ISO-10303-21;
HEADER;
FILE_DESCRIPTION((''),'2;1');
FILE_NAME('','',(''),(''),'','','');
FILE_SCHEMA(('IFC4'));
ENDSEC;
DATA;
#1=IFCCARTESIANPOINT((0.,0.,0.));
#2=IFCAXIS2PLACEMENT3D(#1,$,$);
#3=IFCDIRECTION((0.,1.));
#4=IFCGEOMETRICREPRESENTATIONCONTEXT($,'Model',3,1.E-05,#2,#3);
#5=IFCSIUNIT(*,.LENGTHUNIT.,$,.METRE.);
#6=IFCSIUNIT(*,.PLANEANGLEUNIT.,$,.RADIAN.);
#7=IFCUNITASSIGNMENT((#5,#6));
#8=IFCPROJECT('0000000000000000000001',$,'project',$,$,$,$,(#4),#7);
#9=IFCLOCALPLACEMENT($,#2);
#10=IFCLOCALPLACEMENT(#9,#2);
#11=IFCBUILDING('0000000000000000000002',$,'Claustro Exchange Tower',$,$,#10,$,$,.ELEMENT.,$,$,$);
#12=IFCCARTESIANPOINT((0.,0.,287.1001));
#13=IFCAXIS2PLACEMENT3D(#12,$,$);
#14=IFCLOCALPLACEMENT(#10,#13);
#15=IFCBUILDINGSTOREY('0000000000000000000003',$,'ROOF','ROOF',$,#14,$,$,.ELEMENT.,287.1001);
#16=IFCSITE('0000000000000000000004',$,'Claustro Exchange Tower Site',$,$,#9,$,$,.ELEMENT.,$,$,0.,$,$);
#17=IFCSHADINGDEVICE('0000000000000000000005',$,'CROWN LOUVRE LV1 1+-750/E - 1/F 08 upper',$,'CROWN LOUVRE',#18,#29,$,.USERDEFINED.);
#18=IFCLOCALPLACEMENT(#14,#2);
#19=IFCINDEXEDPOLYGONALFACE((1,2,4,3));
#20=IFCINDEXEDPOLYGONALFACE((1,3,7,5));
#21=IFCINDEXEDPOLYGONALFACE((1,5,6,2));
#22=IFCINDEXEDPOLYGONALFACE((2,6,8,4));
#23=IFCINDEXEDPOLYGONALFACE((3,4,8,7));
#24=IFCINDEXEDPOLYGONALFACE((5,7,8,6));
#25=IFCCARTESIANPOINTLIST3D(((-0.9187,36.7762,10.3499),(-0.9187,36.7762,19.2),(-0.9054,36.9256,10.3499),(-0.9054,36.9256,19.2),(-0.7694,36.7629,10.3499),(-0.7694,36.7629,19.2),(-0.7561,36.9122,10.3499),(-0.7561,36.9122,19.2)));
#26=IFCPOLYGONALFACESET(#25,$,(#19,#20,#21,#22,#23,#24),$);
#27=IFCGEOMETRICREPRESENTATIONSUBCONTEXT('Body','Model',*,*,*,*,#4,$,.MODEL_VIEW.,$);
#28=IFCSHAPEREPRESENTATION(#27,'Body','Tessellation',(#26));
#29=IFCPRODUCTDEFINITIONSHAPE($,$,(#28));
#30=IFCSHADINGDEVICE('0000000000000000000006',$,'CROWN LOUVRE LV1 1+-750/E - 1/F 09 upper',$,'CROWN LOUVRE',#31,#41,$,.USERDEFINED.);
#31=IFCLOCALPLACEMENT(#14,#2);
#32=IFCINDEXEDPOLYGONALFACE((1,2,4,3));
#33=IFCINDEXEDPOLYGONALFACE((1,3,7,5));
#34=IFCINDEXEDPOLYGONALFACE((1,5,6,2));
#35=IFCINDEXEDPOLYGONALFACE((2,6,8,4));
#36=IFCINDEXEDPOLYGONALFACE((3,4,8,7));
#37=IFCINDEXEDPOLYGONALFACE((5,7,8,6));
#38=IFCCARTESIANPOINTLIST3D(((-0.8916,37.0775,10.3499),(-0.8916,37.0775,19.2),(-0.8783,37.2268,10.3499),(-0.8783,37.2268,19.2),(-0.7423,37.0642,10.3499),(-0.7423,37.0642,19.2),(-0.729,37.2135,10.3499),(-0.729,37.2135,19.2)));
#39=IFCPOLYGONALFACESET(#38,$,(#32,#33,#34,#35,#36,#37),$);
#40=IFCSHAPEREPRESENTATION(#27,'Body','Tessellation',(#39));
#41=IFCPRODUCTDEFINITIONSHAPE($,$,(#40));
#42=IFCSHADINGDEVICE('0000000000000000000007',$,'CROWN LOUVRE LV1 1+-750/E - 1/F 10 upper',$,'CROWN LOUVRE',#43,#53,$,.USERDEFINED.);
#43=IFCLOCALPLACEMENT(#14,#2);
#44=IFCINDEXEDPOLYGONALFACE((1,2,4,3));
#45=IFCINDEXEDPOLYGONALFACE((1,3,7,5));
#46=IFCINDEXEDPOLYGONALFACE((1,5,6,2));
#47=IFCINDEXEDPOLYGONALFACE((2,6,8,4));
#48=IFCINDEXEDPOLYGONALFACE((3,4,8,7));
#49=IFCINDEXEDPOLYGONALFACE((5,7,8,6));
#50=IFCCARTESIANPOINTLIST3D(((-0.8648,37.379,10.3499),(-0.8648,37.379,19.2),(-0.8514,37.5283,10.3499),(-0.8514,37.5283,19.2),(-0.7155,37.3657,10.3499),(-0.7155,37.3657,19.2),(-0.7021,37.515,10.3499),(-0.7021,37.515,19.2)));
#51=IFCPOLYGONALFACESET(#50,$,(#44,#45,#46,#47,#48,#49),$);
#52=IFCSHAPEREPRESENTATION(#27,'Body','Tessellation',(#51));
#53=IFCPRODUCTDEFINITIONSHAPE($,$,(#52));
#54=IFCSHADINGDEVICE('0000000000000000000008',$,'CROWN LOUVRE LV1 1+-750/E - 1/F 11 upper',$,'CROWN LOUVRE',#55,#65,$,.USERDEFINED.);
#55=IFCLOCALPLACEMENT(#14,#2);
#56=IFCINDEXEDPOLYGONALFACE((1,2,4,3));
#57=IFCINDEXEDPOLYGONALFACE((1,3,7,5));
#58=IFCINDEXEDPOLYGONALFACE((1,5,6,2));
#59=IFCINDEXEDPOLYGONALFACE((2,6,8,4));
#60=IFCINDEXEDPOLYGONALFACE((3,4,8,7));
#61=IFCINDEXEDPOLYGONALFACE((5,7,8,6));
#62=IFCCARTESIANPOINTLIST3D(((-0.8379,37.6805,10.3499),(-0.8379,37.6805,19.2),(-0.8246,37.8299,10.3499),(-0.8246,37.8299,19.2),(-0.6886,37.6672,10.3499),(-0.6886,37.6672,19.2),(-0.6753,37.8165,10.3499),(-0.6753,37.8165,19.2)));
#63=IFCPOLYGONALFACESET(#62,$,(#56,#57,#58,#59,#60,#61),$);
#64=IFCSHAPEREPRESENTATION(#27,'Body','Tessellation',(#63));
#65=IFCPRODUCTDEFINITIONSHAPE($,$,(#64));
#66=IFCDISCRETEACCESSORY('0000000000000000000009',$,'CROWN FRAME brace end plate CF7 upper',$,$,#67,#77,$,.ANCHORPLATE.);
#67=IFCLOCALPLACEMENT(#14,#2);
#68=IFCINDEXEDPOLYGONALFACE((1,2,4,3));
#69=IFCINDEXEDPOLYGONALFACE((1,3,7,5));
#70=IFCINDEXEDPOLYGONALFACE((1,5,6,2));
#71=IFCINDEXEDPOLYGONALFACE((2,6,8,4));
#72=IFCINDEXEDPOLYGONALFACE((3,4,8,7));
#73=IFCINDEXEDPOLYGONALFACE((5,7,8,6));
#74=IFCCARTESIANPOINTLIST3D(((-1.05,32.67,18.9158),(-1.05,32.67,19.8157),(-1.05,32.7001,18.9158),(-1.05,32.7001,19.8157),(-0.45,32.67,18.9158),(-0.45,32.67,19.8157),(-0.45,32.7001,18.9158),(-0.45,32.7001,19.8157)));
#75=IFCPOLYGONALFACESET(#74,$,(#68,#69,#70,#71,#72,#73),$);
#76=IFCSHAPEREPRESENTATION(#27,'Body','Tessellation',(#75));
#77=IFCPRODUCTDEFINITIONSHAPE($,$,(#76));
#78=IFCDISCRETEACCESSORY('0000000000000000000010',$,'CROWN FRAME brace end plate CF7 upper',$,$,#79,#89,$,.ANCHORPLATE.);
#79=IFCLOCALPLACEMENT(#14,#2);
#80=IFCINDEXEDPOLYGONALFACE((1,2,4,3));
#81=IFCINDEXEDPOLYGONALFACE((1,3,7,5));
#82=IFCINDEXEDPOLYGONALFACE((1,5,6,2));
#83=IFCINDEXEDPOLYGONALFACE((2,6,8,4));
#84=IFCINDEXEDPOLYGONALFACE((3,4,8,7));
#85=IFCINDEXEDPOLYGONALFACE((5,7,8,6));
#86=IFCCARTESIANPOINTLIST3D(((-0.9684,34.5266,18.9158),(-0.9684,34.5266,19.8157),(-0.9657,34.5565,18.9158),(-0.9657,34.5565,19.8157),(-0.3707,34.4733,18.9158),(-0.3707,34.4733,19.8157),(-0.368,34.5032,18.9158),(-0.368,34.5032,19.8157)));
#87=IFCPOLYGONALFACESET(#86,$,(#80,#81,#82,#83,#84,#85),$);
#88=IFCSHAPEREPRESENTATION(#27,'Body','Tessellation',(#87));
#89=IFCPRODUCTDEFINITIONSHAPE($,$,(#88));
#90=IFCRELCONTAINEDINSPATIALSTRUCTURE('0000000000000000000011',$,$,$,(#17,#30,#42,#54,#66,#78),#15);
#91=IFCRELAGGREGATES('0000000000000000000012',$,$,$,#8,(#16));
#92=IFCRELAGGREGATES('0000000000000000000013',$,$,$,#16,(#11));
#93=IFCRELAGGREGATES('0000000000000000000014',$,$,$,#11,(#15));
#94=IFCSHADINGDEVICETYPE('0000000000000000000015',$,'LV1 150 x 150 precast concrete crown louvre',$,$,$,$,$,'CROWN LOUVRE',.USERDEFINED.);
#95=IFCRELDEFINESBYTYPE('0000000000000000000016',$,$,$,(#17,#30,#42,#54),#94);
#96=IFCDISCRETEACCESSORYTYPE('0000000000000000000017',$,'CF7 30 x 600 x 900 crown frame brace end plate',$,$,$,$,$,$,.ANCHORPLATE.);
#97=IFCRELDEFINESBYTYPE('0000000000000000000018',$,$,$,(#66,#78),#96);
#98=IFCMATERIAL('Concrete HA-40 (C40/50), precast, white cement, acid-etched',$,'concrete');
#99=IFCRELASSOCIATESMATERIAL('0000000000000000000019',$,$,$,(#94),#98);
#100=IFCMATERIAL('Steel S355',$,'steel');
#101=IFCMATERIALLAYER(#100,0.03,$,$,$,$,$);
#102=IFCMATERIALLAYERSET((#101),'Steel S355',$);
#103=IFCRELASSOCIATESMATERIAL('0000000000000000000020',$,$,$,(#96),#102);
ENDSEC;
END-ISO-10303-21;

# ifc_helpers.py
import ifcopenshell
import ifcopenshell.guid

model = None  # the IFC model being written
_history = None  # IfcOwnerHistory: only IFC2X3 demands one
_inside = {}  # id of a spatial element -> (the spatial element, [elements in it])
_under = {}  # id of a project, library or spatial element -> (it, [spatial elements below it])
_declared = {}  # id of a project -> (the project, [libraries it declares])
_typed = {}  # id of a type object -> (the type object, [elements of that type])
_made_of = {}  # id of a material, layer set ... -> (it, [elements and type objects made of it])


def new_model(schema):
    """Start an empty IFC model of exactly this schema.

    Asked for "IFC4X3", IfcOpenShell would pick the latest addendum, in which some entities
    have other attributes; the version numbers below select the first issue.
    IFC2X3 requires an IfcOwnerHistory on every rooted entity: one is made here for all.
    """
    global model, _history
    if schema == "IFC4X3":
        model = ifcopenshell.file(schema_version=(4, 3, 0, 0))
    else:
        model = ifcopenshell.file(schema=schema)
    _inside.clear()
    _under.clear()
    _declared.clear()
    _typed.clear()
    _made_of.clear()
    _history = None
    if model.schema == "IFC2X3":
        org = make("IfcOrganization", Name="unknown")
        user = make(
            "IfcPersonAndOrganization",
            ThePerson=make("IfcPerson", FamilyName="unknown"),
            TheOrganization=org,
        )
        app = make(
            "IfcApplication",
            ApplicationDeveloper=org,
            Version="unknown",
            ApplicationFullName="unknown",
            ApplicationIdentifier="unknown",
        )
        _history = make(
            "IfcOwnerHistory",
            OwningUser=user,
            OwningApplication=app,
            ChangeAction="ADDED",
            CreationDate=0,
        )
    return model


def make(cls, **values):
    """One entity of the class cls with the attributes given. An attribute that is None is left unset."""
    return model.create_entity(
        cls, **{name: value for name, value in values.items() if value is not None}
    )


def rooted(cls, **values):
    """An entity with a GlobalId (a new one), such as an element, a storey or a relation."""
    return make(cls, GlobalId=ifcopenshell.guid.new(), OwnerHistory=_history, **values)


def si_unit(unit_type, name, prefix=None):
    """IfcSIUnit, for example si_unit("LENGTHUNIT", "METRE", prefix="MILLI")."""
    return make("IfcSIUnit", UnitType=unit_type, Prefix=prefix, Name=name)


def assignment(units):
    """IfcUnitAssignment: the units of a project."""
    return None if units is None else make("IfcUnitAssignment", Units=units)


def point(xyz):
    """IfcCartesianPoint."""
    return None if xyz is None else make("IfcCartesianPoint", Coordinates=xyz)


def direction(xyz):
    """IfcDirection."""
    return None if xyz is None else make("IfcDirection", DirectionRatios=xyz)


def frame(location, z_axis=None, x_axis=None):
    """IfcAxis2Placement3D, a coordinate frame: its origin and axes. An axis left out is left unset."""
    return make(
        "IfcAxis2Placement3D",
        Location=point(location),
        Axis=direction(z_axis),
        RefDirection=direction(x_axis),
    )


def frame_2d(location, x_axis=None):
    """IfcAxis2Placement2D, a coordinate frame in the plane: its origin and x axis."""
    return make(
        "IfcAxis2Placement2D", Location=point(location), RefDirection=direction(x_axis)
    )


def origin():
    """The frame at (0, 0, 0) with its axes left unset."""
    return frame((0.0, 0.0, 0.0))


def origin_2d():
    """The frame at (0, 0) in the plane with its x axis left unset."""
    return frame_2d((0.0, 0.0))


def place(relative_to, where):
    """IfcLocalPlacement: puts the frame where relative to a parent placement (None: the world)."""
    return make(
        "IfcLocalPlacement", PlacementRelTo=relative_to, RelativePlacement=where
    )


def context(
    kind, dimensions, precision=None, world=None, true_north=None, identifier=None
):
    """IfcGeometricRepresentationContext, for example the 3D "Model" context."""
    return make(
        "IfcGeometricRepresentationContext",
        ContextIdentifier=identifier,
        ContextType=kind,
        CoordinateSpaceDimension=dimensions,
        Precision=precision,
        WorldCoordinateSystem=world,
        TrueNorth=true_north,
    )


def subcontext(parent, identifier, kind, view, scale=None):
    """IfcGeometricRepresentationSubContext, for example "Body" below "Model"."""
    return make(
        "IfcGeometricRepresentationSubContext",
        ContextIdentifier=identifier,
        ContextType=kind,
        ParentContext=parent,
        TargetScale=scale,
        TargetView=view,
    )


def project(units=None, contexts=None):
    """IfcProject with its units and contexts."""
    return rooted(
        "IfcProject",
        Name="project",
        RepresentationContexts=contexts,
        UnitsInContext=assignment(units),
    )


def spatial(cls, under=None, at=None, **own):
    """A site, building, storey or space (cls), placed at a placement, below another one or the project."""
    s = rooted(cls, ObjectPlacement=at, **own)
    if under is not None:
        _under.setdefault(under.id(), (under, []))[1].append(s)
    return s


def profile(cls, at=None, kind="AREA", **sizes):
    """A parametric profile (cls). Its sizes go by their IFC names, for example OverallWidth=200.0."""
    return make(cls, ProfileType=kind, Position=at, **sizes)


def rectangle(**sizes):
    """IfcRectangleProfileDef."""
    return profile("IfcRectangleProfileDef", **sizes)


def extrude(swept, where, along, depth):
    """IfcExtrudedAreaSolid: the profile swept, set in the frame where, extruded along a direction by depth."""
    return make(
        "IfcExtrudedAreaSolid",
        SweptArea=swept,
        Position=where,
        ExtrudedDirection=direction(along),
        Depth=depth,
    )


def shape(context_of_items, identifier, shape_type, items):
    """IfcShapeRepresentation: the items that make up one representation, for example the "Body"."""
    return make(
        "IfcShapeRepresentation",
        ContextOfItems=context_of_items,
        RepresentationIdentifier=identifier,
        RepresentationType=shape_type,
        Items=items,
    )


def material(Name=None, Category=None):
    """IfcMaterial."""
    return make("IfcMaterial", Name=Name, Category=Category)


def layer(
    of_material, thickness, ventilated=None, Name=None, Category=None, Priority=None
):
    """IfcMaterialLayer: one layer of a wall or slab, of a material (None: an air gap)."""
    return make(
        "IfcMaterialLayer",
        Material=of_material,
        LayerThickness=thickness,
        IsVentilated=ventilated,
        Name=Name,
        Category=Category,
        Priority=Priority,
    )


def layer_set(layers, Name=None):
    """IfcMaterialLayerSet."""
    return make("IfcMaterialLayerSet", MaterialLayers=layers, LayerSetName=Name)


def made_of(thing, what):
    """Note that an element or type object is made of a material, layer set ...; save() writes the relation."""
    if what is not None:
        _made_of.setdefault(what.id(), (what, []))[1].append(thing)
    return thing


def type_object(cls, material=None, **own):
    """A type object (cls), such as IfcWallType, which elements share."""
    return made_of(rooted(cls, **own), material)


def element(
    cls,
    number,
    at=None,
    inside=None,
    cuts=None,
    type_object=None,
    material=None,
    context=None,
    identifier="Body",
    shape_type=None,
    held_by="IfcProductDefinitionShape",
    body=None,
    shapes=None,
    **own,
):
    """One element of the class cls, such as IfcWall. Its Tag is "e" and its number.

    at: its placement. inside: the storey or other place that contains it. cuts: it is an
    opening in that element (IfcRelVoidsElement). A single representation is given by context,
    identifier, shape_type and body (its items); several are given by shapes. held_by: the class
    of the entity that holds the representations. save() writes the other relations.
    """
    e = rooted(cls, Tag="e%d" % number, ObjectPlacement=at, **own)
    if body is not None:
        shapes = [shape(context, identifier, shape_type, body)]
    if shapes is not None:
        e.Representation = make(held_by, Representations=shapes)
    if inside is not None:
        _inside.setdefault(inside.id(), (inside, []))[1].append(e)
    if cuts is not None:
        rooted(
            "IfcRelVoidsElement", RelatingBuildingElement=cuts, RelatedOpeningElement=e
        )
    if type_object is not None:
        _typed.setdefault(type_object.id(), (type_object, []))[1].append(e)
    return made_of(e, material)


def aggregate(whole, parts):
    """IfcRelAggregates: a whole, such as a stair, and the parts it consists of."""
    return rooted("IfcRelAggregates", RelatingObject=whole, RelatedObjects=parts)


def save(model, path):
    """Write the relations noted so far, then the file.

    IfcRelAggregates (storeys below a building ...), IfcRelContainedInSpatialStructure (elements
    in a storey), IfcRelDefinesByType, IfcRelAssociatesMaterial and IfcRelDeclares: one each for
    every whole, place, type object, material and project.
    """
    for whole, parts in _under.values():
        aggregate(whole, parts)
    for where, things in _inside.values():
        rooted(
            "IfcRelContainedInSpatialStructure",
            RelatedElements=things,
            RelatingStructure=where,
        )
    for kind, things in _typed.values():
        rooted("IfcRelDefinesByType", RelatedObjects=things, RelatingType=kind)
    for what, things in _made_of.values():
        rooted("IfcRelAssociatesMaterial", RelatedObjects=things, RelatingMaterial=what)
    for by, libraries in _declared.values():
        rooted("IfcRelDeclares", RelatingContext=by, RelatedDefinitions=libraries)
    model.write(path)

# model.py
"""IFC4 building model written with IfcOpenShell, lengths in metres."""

from ifc_helpers import new_model, si_unit, direction, frame, origin, origin_2d, place, context, subcontext, project, spatial, rectangle, extrude, material, layer, layer_set, type_object, element, save


model = new_model("IFC4")

# Units and contexts
model_context = context("Model", 3, precision=1e-05, world=origin(), true_north=direction((0.0, 1.0)))
body_context = subcontext(model_context, "Body", "Model", "MODEL_VIEW")
ifc_project = project(units=[si_unit("LENGTHUNIT", "METRE"), si_unit("PLANEANGLEUNIT", "RADIAN")], contexts=[model_context])

# Site, building, storey
site_placement = place(None, origin())
site = spatial("IfcSite", under=ifc_project, at=site_placement, Name="Claustro Exchange Tower Site", CompositionType="ELEMENT", RefElevation=0.0)
building_placement = place(site_placement, origin())
building = spatial("IfcBuilding", under=site, at=building_placement, Name="Claustro Exchange Tower", CompositionType="ELEMENT")
storey_placement = place(building_placement, frame((0.0, 0.0, 287.1001)))
storey = spatial("IfcBuildingStorey", under=building, at=storey_placement, Name="ROOF", Description="ROOF", CompositionType="ELEMENT", Elevation=287.1001)

# Shading devices
ifc_material_1 = material(Name="Concrete HA-40 (C40/50), precast, white cement, acid-etched", Category="concrete")
shading_device_type = type_object("IfcShadingDeviceType", Name="LV1 150 x 150 precast concrete crown louvre", ElementType="CROWN LOUVRE", PredefinedType="USERDEFINED", material=ifc_material_1)
for number, where, z_axis, x_axis, name in (
    (1, (-0.8374, 36.8442, 10.3499), (0.0, 0.0, 1.0), (0.088933, 0.996038, 0.0), "CROWN LOUVRE LV1 1+-750/E - 1/F 08 upper"),
    (2, (-0.8103, 37.1455, 10.3499), (0.0, 0.0, 1.0), (0.088933, 0.996038, 0.0), "CROWN LOUVRE LV1 1+-750/E - 1/F 09 upper"),
    (3, (-0.7834, 37.447, 10.3499), (0.0, 0.0, 1.0), (0.088933, 0.996038, 0.0), "CROWN LOUVRE LV1 1+-750/E - 1/F 10 upper"),
    (4, (-0.7566, 37.7485, 10.3499), (0.0, 0.0, 1.0), (0.088933, 0.996038, 0.0), "CROWN LOUVRE LV1 1+-750/E - 1/F 11 upper"),
):
    element("IfcShadingDevice", number, at=place(storey_placement, frame(where, z_axis=z_axis, x_axis=x_axis)), inside=storey, type_object=shading_device_type, Name=name, ObjectType="CROWN LOUVRE", PredefinedType="USERDEFINED", context=body_context, shape_type="SweptSolid", body=[
        extrude(rectangle(XDim=0.1499, YDim=0.1499, at=origin_2d()), origin(), (0.0, 0.0, 1.0), 8.8501),
    ])

# Discrete accessories
ifc_material_2 = material(Name="Steel S355", Category="steel")
ifc_layer_1 = layer(ifc_material_2, 0.03)
ifc_layer_set_1 = layer_set([ifc_layer_1], Name="Steel S355")
discrete_accessory_type = type_object("IfcDiscreteAccessoryType", Name="CF7 30 x 600 x 900 crown frame brace end plate", PredefinedType="ANCHORPLATE", material=ifc_layer_set_1)
for number, where, z_axis, x_axis, name in (
    (5, (-0.75, 32.6851, 18.9158), (0.0, 0.0, 1.0), (0.0, 1.0, 0.0), "CROWN FRAME brace end plate CF7 upper"),
    (6, (-0.6682, 34.5149, 18.9158), (0.0, 0.0, 1.0), (-0.088933, -0.996038, 0.0), "CROWN FRAME brace end plate CF7 upper"),
):
    element("IfcDiscreteAccessory", number, at=place(storey_placement, frame(where, z_axis=z_axis, x_axis=x_axis)), inside=storey, type_object=discrete_accessory_type, Name=name, PredefinedType="ANCHORPLATE", context=body_context, shape_type="SweptSolid", body=[
        extrude(rectangle(XDim=0.03, YDim=0.6001, at=origin_2d()), origin(), (0.0, 0.0, 1.0), 0.8999),
    ])

save(model, "model.ifc")
